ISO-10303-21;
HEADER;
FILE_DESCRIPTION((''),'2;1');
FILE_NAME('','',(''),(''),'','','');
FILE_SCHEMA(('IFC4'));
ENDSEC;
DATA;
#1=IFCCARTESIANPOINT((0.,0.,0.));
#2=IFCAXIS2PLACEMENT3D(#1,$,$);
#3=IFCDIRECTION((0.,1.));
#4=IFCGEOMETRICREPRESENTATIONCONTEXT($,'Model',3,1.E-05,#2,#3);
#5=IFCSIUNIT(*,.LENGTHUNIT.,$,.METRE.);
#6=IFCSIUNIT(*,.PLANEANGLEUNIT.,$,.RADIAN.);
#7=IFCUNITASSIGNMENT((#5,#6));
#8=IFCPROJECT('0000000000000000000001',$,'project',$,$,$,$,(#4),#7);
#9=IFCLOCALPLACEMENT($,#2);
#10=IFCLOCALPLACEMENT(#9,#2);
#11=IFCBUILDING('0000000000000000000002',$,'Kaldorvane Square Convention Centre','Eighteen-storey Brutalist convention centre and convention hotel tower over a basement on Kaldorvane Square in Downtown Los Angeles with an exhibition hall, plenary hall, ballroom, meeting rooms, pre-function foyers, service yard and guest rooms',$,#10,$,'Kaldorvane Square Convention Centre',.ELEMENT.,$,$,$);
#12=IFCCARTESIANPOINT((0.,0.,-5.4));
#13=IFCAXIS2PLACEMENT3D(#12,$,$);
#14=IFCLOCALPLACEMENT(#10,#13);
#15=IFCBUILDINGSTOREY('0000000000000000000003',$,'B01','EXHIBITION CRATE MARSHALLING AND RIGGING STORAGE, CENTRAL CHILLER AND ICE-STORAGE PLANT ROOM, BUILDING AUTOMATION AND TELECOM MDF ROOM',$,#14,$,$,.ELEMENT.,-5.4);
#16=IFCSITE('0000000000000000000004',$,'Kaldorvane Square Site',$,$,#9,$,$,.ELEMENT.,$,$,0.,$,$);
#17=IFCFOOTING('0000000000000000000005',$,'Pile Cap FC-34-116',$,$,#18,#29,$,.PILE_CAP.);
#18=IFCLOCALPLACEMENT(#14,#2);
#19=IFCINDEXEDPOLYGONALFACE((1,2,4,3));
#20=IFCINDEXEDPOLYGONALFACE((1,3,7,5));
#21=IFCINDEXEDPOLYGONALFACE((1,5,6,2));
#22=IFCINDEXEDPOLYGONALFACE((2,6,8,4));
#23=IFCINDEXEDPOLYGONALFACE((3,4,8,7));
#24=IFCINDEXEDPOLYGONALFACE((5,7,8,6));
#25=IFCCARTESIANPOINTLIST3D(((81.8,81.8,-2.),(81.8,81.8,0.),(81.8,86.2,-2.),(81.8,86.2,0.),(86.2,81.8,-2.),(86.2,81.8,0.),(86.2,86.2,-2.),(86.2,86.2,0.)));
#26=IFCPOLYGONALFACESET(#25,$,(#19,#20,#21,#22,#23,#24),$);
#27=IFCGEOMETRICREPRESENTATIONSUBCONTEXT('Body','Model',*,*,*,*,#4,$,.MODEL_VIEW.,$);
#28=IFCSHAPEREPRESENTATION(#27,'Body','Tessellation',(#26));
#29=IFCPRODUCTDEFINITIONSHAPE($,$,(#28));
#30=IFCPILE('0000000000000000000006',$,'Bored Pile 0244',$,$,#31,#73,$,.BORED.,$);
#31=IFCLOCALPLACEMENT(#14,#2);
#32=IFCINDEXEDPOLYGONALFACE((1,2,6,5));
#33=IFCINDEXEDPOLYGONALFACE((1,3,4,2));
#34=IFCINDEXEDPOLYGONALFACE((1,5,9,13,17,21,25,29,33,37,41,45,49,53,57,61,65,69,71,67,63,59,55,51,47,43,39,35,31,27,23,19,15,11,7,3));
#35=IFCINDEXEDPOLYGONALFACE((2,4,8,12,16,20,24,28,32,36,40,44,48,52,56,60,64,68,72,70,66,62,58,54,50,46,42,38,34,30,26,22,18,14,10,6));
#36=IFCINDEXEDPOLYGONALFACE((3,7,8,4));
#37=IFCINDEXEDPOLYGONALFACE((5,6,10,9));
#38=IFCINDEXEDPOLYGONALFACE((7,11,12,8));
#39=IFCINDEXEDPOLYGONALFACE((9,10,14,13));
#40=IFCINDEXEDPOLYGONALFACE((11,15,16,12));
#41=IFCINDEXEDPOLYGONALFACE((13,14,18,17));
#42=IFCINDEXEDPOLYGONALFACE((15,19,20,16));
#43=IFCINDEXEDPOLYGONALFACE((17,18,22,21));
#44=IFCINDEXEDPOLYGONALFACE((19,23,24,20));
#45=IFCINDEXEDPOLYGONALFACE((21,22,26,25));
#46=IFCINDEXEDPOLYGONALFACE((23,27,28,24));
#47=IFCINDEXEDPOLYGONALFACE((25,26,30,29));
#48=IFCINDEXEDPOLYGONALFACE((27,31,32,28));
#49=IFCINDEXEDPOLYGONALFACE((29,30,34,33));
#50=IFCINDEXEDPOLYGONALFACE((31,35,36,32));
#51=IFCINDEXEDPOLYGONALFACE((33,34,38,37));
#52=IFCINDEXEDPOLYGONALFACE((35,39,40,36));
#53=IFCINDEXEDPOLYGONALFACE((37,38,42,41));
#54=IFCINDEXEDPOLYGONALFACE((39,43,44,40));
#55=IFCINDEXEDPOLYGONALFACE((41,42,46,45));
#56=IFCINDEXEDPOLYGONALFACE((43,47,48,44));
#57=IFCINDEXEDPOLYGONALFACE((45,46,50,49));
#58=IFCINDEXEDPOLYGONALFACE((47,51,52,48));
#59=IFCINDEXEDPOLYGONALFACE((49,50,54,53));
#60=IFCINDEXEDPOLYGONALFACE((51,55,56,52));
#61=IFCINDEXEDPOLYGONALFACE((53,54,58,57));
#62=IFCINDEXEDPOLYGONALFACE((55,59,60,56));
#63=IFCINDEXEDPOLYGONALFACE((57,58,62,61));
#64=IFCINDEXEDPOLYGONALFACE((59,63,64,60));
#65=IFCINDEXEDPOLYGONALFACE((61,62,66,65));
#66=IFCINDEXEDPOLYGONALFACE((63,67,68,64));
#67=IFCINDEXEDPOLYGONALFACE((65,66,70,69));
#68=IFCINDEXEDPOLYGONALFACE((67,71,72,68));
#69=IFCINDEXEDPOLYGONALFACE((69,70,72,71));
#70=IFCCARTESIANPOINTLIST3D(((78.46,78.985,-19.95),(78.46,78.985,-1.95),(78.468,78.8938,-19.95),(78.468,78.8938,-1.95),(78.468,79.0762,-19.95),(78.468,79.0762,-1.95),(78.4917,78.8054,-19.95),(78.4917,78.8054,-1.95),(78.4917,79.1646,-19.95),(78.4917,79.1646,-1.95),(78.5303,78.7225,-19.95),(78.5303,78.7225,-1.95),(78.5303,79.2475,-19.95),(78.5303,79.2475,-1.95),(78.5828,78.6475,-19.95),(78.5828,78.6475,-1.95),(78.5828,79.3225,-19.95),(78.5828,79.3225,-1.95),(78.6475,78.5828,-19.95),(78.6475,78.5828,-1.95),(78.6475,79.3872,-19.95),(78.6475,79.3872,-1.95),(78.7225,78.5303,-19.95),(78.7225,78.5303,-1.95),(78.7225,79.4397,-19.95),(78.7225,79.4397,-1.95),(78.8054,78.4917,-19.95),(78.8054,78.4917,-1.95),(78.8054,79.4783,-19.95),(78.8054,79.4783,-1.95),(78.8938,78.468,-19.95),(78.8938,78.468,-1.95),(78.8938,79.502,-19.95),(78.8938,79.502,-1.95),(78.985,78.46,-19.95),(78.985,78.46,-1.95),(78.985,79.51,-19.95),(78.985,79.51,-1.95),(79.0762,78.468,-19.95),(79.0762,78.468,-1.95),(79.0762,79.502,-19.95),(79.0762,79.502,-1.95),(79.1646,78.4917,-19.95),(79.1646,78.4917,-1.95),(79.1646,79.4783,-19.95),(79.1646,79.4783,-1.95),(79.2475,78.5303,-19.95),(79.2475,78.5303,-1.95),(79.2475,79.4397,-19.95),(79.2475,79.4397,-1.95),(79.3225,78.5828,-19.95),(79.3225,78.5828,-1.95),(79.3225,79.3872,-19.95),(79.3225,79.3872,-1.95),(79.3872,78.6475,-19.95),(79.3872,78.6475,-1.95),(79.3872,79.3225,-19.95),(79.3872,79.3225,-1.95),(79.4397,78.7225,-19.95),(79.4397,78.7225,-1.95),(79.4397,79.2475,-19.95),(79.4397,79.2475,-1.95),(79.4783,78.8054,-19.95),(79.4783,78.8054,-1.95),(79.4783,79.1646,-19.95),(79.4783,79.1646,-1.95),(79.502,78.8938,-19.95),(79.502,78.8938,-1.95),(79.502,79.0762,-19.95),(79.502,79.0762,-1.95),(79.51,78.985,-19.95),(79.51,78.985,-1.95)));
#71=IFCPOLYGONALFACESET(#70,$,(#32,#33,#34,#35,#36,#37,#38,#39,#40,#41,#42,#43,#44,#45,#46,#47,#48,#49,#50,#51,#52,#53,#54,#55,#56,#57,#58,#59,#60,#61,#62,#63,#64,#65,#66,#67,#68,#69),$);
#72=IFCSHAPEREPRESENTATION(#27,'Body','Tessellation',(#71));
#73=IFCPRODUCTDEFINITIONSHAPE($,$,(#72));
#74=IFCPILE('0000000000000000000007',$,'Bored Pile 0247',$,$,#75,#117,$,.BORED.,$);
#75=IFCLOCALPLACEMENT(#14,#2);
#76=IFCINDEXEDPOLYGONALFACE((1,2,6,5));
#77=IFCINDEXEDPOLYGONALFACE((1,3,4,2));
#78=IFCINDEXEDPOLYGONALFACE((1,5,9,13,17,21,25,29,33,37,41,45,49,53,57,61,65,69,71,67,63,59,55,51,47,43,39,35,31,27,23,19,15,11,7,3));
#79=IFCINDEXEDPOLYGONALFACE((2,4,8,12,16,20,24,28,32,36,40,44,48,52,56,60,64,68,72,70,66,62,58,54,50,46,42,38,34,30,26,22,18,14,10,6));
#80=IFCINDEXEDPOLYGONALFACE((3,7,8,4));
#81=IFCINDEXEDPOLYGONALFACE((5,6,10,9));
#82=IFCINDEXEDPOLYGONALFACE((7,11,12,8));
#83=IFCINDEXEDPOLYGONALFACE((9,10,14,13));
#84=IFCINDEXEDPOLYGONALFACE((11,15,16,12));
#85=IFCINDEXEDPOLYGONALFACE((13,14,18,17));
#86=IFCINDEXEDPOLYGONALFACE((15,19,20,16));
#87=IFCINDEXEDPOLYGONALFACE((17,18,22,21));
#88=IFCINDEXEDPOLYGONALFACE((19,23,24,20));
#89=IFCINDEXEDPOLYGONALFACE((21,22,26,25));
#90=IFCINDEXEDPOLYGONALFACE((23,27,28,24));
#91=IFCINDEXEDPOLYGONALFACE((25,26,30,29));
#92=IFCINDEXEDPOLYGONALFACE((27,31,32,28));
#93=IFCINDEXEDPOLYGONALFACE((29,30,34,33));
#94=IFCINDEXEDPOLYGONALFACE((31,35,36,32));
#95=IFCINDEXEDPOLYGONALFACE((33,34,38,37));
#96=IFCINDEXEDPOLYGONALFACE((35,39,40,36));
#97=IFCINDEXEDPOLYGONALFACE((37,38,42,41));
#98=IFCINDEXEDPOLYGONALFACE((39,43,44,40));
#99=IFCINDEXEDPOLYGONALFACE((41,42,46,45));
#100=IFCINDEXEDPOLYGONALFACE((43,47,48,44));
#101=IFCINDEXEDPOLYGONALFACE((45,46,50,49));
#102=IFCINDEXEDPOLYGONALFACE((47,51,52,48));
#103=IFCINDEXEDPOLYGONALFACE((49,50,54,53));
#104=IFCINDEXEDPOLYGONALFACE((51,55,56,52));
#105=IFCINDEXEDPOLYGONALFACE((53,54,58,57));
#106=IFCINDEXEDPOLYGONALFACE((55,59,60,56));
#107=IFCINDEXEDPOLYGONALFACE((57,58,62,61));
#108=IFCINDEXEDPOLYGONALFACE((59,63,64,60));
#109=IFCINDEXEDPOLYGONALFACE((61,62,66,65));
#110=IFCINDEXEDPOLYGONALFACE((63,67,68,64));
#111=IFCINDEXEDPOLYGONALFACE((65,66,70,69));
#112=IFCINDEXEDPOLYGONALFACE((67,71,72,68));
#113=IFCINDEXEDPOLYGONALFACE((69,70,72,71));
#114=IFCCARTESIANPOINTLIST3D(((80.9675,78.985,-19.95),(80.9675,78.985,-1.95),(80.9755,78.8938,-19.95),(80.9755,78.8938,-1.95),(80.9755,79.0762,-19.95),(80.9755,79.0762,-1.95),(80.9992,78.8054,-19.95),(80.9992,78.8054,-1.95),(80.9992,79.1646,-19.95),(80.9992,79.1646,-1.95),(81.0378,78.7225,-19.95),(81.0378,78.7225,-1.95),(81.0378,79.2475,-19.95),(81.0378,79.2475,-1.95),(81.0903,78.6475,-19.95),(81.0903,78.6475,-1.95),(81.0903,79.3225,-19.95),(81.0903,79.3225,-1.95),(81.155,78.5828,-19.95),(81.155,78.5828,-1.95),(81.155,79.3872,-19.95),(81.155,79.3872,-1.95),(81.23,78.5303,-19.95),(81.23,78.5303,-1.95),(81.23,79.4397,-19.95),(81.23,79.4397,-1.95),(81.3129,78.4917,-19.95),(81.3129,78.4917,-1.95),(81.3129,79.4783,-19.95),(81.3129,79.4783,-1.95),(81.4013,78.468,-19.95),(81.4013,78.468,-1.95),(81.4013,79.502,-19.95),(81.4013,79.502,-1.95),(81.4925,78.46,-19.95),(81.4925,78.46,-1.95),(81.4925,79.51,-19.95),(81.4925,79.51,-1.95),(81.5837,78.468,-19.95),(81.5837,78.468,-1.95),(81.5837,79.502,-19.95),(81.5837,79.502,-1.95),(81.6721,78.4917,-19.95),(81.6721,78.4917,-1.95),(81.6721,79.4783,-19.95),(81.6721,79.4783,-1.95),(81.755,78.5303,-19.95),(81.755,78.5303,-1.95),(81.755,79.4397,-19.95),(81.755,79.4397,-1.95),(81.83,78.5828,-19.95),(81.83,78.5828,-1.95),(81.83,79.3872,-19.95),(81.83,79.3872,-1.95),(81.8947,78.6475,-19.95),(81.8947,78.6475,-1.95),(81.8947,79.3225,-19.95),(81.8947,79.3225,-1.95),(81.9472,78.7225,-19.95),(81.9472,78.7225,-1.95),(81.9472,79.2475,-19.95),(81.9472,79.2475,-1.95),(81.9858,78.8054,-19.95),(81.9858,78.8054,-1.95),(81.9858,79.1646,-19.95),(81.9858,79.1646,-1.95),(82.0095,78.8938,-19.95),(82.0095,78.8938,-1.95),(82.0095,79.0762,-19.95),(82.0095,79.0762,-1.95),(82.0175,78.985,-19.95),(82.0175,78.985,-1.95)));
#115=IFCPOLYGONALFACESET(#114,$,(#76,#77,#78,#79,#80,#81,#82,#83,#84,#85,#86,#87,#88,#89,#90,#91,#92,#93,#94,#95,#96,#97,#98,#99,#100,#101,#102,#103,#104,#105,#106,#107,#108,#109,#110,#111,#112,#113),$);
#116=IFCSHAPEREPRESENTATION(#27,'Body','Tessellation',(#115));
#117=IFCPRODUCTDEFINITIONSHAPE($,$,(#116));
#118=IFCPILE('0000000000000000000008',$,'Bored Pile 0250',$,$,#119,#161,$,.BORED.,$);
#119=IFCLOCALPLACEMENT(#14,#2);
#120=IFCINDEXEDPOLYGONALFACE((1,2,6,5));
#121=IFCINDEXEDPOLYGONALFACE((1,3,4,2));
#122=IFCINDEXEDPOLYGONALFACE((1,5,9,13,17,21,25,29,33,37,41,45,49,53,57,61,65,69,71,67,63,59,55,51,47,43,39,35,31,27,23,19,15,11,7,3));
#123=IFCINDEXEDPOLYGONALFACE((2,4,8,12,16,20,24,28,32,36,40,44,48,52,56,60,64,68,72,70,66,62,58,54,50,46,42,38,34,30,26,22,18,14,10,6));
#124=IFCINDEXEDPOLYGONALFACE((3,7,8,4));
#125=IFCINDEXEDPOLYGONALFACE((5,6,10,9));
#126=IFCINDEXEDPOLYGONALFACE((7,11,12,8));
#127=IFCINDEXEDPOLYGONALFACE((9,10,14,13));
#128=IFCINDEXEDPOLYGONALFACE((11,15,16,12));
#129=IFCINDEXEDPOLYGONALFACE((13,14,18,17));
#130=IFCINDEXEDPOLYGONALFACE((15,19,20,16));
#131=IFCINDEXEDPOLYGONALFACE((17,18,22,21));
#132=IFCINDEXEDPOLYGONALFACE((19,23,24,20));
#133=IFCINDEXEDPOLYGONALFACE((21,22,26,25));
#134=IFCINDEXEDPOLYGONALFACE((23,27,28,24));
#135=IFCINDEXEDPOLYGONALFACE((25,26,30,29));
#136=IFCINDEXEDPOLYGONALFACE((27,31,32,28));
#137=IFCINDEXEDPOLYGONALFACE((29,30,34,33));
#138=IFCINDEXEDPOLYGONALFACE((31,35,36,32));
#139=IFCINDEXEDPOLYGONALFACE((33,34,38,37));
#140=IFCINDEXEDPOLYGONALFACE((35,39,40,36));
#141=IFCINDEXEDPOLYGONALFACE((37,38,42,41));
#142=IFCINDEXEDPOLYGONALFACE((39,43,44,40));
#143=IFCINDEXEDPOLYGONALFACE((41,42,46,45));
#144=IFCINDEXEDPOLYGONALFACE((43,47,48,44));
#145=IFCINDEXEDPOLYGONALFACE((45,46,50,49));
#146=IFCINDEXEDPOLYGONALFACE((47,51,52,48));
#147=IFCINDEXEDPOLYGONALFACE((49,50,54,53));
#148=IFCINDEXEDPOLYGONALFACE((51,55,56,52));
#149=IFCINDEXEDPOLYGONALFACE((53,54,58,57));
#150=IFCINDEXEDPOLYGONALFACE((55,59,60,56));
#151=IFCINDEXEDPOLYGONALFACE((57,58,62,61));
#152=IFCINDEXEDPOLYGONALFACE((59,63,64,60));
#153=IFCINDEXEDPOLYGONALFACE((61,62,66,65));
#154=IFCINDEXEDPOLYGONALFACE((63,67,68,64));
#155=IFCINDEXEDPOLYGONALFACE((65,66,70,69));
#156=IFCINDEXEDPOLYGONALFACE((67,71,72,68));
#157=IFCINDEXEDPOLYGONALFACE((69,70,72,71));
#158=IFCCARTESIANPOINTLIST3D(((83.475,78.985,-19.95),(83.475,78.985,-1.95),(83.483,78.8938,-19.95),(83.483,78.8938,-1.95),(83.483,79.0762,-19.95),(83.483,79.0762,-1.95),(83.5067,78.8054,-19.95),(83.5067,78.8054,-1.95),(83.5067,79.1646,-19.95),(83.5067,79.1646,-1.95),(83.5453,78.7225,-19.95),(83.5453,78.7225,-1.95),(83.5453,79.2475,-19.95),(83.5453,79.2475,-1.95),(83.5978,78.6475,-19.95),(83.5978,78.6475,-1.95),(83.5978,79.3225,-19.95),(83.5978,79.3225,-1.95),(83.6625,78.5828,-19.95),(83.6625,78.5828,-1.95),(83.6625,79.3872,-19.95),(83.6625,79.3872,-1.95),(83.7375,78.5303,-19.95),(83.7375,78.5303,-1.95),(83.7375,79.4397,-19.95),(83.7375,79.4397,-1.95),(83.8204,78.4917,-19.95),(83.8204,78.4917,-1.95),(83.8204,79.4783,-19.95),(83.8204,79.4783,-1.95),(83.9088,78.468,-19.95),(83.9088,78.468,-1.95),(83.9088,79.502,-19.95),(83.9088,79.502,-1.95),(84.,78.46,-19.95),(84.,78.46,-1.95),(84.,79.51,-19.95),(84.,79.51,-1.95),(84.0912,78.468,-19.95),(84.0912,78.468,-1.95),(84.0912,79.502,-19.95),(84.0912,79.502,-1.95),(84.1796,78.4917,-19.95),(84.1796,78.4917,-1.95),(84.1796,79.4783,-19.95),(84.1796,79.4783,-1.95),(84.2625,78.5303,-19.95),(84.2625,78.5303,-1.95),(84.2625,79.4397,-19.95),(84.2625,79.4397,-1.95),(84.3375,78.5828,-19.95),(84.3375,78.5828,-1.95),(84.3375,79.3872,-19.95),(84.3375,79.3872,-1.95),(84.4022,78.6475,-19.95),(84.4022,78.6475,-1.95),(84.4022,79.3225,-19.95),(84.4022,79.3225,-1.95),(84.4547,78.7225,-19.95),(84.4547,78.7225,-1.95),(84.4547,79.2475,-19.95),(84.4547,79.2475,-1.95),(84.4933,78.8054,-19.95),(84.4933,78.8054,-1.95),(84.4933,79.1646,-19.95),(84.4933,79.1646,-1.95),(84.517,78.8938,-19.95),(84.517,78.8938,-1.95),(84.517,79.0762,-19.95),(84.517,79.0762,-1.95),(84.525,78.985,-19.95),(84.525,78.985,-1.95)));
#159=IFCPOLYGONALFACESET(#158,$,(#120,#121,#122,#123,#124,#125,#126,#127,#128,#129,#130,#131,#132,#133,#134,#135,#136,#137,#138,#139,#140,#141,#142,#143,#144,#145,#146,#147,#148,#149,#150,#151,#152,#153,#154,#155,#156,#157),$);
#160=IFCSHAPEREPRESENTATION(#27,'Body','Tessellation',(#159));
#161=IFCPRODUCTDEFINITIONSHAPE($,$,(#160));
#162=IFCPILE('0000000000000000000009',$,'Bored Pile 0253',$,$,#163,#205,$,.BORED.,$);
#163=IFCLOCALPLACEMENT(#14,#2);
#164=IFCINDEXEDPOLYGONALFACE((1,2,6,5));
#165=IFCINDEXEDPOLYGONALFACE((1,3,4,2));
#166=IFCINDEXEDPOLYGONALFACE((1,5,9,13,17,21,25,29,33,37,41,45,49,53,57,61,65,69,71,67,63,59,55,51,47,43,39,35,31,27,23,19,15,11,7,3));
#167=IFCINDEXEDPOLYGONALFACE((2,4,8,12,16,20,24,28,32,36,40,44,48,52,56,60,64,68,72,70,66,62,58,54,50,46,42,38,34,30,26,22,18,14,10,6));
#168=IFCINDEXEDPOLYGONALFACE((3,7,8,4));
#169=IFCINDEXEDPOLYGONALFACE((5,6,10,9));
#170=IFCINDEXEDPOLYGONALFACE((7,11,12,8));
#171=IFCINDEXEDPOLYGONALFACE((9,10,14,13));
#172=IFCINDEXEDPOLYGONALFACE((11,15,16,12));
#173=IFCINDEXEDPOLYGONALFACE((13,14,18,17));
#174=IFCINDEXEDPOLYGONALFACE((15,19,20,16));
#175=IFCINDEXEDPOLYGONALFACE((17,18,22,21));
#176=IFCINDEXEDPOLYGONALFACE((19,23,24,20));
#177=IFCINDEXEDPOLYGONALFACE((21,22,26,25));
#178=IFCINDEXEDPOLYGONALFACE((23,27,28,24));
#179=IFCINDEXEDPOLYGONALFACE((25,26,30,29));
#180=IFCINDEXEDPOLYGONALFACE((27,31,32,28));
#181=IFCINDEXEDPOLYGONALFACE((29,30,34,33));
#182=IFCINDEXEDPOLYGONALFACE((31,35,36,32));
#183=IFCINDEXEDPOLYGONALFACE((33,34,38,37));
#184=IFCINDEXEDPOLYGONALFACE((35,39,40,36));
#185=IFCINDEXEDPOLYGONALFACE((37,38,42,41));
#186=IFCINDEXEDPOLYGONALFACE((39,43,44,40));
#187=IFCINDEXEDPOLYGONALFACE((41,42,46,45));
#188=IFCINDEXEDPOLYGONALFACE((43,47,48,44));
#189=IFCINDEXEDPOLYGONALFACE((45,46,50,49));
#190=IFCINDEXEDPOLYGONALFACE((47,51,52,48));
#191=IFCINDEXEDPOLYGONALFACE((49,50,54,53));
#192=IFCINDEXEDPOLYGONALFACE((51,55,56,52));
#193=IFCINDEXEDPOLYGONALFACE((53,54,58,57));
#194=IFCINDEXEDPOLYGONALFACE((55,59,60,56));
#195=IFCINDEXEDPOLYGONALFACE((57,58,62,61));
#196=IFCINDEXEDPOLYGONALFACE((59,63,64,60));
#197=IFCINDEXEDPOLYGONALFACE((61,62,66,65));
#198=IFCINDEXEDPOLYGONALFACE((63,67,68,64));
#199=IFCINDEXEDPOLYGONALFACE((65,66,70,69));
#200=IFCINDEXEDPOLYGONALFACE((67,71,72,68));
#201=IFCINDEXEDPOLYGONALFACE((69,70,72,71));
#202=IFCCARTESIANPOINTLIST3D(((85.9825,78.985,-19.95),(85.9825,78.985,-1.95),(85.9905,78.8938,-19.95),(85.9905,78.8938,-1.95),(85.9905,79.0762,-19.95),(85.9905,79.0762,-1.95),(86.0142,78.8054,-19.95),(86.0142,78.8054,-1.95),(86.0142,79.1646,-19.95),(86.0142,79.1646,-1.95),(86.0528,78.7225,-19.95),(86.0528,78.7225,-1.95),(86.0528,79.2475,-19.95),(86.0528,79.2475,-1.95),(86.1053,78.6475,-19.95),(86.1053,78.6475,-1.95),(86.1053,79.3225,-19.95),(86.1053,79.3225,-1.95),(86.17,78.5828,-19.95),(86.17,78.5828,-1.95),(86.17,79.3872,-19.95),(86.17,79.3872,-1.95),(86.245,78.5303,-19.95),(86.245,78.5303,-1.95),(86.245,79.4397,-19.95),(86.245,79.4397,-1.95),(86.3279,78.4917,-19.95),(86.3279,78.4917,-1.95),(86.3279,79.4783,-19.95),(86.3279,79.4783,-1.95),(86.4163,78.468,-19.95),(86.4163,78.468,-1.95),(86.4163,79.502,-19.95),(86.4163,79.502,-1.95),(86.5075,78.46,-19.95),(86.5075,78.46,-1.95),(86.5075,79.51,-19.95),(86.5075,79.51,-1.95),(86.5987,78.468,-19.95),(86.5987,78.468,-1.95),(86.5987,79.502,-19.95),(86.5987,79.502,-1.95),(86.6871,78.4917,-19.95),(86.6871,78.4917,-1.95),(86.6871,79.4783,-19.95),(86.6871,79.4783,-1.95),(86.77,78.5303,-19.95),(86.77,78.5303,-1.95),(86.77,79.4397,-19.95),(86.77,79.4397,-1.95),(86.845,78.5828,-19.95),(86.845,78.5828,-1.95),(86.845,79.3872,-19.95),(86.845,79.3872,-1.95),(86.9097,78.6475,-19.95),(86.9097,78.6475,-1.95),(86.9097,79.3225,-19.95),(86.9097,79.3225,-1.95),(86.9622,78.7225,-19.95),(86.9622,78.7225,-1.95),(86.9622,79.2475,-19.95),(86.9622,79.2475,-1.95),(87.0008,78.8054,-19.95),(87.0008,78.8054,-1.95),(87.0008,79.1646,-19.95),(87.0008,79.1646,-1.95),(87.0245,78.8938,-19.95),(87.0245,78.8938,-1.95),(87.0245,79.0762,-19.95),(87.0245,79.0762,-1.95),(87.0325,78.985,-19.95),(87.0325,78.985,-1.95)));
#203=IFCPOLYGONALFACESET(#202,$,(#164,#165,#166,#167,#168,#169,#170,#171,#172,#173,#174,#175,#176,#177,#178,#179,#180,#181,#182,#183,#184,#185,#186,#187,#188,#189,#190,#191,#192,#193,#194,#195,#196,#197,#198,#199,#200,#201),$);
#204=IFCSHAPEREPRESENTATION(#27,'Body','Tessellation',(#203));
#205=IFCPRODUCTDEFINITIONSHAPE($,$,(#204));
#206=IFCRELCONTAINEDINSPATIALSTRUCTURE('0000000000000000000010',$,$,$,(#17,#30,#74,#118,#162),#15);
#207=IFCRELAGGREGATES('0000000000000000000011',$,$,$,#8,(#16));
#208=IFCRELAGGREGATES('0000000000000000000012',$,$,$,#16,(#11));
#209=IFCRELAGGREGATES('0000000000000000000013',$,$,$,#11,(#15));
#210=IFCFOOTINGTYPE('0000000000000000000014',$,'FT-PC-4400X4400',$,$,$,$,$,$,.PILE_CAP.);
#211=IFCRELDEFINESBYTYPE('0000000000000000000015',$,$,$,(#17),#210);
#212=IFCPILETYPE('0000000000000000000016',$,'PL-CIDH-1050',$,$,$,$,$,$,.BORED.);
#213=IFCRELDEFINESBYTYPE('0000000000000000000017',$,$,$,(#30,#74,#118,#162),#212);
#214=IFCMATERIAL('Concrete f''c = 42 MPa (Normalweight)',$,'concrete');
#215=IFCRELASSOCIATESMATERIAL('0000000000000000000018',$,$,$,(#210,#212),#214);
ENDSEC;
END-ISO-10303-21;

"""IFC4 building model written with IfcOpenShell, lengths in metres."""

from ifc_helpers import new_model, si_unit, direction, frame, origin, origin_2d, place, context, subcontext, project, spatial, rectangle, circle, extrude, material, material_profile, profile_set, type_object, element, save


model = new_model("IFC4")

# Units and contexts
model_context = context("Model", 3, precision=1e-05, world=origin(), true_north=direction((0.0, 1.0)))
body_context = subcontext(model_context, "Body", "Model", "MODEL_VIEW")
ifc_project = project(units=[si_unit("LENGTHUNIT", "METRE"), si_unit("PLANEANGLEUNIT", "RADIAN")], contexts=[model_context])

# Site, building, storey
site_placement = place(None, origin())
site = spatial("IfcSite", under=ifc_project, at=site_placement, Name="Kaldorvane Square Site", CompositionType="ELEMENT", RefElevation=0.0)
building_placement = place(site_placement, origin())
building = spatial("IfcBuilding", under=site, at=building_placement, Name="Kaldorvane Square Convention Centre", Description="Eighteen-storey Brutalist convention centre and convention hotel tower over a basement on Kaldorvane Square in Downtown Los Angeles with an exhibition hall, plenary hall, ballroom, meeting rooms, pre-function foyers, service yard and guest rooms", LongName="Kaldorvane Square Convention Centre", CompositionType="ELEMENT")
storey_placement = place(building_placement, frame((0.0, 0.0, -5.4)))
storey = spatial("IfcBuildingStorey", under=building, at=storey_placement, Name="B01", Description="EXHIBITION CRATE MARSHALLING AND RIGGING STORAGE, CENTRAL CHILLER AND ICE-STORAGE PLANT ROOM, BUILDING AUTOMATION AND TELECOM MDF ROOM", CompositionType="ELEMENT", Elevation=-5.4)

# Footing
ifc_material_1 = material(Name="Concrete f'c = 42 MPa (Normalweight)", Category="concrete")
footing_type = type_object("IfcFootingType", Name="FT-PC-4400X4400", PredefinedType="PILE_CAP", material=ifc_material_1)
footing_placement = place(storey_placement, frame((84.0, 84.0, -2.0), z_axis=(0.0, 0.0, 1.0), x_axis=(1.0, 0.0, 0.0)))
element("IfcFooting", 1, at=footing_placement, inside=storey, type_object=footing_type, Name="Pile Cap FC-34-116", PredefinedType="PILE_CAP", context=body_context, shape_type="SweptSolid", body=[
    extrude(rectangle(XDim=4.4, YDim=4.4, at=origin_2d()), origin(), (0.0, 0.0, 1.0), 2.0),
])

# Piles
ifc_material_profile_1 = material_profile(ifc_material_1, circle(Radius=0.525, at=origin_2d()), Name="PILE-D1050")
ifc_profile_set_1 = profile_set([ifc_material_profile_1], Name="Concrete f'c = 42 MPa (Normalweight)")
pile_type_1 = type_object("IfcPileType", Name="PL-CIDH-1050", PredefinedType="BORED", material=ifc_profile_set_1)
for number, where, z_axis, x_axis, name in (
    (2, (78.985, 78.985, -1.95), (0.0, 0.0, -1.0), (1.0, 0.0, 0.0), "Bored Pile 0244"),
    (3, (81.4925, 78.985, -1.95), (0.0, 0.0, -1.0), (1.0, 0.0, 0.0), "Bored Pile 0247"),
    (4, (84.0, 78.985, -1.95), (0.0, 0.0, -1.0), (1.0, 0.0, 0.0), "Bored Pile 0250"),
    (5, (86.5075, 78.985, -1.95), (0.0, 0.0, -1.0), (1.0, 0.0, 0.0), "Bored Pile 0253"),
):
    element("IfcPile", number, at=place(storey_placement, frame(where, z_axis=z_axis, x_axis=x_axis)), inside=storey, type_object=pile_type_1, Name=name, PredefinedType="BORED", context=body_context, shape_type="SweptSolid", body=[
        extrude(circle(Radius=0.525, at=origin_2d()), origin(), (0.0, 0.0, 1.0), 18.0),
    ])

save(model, "model.ifc")
